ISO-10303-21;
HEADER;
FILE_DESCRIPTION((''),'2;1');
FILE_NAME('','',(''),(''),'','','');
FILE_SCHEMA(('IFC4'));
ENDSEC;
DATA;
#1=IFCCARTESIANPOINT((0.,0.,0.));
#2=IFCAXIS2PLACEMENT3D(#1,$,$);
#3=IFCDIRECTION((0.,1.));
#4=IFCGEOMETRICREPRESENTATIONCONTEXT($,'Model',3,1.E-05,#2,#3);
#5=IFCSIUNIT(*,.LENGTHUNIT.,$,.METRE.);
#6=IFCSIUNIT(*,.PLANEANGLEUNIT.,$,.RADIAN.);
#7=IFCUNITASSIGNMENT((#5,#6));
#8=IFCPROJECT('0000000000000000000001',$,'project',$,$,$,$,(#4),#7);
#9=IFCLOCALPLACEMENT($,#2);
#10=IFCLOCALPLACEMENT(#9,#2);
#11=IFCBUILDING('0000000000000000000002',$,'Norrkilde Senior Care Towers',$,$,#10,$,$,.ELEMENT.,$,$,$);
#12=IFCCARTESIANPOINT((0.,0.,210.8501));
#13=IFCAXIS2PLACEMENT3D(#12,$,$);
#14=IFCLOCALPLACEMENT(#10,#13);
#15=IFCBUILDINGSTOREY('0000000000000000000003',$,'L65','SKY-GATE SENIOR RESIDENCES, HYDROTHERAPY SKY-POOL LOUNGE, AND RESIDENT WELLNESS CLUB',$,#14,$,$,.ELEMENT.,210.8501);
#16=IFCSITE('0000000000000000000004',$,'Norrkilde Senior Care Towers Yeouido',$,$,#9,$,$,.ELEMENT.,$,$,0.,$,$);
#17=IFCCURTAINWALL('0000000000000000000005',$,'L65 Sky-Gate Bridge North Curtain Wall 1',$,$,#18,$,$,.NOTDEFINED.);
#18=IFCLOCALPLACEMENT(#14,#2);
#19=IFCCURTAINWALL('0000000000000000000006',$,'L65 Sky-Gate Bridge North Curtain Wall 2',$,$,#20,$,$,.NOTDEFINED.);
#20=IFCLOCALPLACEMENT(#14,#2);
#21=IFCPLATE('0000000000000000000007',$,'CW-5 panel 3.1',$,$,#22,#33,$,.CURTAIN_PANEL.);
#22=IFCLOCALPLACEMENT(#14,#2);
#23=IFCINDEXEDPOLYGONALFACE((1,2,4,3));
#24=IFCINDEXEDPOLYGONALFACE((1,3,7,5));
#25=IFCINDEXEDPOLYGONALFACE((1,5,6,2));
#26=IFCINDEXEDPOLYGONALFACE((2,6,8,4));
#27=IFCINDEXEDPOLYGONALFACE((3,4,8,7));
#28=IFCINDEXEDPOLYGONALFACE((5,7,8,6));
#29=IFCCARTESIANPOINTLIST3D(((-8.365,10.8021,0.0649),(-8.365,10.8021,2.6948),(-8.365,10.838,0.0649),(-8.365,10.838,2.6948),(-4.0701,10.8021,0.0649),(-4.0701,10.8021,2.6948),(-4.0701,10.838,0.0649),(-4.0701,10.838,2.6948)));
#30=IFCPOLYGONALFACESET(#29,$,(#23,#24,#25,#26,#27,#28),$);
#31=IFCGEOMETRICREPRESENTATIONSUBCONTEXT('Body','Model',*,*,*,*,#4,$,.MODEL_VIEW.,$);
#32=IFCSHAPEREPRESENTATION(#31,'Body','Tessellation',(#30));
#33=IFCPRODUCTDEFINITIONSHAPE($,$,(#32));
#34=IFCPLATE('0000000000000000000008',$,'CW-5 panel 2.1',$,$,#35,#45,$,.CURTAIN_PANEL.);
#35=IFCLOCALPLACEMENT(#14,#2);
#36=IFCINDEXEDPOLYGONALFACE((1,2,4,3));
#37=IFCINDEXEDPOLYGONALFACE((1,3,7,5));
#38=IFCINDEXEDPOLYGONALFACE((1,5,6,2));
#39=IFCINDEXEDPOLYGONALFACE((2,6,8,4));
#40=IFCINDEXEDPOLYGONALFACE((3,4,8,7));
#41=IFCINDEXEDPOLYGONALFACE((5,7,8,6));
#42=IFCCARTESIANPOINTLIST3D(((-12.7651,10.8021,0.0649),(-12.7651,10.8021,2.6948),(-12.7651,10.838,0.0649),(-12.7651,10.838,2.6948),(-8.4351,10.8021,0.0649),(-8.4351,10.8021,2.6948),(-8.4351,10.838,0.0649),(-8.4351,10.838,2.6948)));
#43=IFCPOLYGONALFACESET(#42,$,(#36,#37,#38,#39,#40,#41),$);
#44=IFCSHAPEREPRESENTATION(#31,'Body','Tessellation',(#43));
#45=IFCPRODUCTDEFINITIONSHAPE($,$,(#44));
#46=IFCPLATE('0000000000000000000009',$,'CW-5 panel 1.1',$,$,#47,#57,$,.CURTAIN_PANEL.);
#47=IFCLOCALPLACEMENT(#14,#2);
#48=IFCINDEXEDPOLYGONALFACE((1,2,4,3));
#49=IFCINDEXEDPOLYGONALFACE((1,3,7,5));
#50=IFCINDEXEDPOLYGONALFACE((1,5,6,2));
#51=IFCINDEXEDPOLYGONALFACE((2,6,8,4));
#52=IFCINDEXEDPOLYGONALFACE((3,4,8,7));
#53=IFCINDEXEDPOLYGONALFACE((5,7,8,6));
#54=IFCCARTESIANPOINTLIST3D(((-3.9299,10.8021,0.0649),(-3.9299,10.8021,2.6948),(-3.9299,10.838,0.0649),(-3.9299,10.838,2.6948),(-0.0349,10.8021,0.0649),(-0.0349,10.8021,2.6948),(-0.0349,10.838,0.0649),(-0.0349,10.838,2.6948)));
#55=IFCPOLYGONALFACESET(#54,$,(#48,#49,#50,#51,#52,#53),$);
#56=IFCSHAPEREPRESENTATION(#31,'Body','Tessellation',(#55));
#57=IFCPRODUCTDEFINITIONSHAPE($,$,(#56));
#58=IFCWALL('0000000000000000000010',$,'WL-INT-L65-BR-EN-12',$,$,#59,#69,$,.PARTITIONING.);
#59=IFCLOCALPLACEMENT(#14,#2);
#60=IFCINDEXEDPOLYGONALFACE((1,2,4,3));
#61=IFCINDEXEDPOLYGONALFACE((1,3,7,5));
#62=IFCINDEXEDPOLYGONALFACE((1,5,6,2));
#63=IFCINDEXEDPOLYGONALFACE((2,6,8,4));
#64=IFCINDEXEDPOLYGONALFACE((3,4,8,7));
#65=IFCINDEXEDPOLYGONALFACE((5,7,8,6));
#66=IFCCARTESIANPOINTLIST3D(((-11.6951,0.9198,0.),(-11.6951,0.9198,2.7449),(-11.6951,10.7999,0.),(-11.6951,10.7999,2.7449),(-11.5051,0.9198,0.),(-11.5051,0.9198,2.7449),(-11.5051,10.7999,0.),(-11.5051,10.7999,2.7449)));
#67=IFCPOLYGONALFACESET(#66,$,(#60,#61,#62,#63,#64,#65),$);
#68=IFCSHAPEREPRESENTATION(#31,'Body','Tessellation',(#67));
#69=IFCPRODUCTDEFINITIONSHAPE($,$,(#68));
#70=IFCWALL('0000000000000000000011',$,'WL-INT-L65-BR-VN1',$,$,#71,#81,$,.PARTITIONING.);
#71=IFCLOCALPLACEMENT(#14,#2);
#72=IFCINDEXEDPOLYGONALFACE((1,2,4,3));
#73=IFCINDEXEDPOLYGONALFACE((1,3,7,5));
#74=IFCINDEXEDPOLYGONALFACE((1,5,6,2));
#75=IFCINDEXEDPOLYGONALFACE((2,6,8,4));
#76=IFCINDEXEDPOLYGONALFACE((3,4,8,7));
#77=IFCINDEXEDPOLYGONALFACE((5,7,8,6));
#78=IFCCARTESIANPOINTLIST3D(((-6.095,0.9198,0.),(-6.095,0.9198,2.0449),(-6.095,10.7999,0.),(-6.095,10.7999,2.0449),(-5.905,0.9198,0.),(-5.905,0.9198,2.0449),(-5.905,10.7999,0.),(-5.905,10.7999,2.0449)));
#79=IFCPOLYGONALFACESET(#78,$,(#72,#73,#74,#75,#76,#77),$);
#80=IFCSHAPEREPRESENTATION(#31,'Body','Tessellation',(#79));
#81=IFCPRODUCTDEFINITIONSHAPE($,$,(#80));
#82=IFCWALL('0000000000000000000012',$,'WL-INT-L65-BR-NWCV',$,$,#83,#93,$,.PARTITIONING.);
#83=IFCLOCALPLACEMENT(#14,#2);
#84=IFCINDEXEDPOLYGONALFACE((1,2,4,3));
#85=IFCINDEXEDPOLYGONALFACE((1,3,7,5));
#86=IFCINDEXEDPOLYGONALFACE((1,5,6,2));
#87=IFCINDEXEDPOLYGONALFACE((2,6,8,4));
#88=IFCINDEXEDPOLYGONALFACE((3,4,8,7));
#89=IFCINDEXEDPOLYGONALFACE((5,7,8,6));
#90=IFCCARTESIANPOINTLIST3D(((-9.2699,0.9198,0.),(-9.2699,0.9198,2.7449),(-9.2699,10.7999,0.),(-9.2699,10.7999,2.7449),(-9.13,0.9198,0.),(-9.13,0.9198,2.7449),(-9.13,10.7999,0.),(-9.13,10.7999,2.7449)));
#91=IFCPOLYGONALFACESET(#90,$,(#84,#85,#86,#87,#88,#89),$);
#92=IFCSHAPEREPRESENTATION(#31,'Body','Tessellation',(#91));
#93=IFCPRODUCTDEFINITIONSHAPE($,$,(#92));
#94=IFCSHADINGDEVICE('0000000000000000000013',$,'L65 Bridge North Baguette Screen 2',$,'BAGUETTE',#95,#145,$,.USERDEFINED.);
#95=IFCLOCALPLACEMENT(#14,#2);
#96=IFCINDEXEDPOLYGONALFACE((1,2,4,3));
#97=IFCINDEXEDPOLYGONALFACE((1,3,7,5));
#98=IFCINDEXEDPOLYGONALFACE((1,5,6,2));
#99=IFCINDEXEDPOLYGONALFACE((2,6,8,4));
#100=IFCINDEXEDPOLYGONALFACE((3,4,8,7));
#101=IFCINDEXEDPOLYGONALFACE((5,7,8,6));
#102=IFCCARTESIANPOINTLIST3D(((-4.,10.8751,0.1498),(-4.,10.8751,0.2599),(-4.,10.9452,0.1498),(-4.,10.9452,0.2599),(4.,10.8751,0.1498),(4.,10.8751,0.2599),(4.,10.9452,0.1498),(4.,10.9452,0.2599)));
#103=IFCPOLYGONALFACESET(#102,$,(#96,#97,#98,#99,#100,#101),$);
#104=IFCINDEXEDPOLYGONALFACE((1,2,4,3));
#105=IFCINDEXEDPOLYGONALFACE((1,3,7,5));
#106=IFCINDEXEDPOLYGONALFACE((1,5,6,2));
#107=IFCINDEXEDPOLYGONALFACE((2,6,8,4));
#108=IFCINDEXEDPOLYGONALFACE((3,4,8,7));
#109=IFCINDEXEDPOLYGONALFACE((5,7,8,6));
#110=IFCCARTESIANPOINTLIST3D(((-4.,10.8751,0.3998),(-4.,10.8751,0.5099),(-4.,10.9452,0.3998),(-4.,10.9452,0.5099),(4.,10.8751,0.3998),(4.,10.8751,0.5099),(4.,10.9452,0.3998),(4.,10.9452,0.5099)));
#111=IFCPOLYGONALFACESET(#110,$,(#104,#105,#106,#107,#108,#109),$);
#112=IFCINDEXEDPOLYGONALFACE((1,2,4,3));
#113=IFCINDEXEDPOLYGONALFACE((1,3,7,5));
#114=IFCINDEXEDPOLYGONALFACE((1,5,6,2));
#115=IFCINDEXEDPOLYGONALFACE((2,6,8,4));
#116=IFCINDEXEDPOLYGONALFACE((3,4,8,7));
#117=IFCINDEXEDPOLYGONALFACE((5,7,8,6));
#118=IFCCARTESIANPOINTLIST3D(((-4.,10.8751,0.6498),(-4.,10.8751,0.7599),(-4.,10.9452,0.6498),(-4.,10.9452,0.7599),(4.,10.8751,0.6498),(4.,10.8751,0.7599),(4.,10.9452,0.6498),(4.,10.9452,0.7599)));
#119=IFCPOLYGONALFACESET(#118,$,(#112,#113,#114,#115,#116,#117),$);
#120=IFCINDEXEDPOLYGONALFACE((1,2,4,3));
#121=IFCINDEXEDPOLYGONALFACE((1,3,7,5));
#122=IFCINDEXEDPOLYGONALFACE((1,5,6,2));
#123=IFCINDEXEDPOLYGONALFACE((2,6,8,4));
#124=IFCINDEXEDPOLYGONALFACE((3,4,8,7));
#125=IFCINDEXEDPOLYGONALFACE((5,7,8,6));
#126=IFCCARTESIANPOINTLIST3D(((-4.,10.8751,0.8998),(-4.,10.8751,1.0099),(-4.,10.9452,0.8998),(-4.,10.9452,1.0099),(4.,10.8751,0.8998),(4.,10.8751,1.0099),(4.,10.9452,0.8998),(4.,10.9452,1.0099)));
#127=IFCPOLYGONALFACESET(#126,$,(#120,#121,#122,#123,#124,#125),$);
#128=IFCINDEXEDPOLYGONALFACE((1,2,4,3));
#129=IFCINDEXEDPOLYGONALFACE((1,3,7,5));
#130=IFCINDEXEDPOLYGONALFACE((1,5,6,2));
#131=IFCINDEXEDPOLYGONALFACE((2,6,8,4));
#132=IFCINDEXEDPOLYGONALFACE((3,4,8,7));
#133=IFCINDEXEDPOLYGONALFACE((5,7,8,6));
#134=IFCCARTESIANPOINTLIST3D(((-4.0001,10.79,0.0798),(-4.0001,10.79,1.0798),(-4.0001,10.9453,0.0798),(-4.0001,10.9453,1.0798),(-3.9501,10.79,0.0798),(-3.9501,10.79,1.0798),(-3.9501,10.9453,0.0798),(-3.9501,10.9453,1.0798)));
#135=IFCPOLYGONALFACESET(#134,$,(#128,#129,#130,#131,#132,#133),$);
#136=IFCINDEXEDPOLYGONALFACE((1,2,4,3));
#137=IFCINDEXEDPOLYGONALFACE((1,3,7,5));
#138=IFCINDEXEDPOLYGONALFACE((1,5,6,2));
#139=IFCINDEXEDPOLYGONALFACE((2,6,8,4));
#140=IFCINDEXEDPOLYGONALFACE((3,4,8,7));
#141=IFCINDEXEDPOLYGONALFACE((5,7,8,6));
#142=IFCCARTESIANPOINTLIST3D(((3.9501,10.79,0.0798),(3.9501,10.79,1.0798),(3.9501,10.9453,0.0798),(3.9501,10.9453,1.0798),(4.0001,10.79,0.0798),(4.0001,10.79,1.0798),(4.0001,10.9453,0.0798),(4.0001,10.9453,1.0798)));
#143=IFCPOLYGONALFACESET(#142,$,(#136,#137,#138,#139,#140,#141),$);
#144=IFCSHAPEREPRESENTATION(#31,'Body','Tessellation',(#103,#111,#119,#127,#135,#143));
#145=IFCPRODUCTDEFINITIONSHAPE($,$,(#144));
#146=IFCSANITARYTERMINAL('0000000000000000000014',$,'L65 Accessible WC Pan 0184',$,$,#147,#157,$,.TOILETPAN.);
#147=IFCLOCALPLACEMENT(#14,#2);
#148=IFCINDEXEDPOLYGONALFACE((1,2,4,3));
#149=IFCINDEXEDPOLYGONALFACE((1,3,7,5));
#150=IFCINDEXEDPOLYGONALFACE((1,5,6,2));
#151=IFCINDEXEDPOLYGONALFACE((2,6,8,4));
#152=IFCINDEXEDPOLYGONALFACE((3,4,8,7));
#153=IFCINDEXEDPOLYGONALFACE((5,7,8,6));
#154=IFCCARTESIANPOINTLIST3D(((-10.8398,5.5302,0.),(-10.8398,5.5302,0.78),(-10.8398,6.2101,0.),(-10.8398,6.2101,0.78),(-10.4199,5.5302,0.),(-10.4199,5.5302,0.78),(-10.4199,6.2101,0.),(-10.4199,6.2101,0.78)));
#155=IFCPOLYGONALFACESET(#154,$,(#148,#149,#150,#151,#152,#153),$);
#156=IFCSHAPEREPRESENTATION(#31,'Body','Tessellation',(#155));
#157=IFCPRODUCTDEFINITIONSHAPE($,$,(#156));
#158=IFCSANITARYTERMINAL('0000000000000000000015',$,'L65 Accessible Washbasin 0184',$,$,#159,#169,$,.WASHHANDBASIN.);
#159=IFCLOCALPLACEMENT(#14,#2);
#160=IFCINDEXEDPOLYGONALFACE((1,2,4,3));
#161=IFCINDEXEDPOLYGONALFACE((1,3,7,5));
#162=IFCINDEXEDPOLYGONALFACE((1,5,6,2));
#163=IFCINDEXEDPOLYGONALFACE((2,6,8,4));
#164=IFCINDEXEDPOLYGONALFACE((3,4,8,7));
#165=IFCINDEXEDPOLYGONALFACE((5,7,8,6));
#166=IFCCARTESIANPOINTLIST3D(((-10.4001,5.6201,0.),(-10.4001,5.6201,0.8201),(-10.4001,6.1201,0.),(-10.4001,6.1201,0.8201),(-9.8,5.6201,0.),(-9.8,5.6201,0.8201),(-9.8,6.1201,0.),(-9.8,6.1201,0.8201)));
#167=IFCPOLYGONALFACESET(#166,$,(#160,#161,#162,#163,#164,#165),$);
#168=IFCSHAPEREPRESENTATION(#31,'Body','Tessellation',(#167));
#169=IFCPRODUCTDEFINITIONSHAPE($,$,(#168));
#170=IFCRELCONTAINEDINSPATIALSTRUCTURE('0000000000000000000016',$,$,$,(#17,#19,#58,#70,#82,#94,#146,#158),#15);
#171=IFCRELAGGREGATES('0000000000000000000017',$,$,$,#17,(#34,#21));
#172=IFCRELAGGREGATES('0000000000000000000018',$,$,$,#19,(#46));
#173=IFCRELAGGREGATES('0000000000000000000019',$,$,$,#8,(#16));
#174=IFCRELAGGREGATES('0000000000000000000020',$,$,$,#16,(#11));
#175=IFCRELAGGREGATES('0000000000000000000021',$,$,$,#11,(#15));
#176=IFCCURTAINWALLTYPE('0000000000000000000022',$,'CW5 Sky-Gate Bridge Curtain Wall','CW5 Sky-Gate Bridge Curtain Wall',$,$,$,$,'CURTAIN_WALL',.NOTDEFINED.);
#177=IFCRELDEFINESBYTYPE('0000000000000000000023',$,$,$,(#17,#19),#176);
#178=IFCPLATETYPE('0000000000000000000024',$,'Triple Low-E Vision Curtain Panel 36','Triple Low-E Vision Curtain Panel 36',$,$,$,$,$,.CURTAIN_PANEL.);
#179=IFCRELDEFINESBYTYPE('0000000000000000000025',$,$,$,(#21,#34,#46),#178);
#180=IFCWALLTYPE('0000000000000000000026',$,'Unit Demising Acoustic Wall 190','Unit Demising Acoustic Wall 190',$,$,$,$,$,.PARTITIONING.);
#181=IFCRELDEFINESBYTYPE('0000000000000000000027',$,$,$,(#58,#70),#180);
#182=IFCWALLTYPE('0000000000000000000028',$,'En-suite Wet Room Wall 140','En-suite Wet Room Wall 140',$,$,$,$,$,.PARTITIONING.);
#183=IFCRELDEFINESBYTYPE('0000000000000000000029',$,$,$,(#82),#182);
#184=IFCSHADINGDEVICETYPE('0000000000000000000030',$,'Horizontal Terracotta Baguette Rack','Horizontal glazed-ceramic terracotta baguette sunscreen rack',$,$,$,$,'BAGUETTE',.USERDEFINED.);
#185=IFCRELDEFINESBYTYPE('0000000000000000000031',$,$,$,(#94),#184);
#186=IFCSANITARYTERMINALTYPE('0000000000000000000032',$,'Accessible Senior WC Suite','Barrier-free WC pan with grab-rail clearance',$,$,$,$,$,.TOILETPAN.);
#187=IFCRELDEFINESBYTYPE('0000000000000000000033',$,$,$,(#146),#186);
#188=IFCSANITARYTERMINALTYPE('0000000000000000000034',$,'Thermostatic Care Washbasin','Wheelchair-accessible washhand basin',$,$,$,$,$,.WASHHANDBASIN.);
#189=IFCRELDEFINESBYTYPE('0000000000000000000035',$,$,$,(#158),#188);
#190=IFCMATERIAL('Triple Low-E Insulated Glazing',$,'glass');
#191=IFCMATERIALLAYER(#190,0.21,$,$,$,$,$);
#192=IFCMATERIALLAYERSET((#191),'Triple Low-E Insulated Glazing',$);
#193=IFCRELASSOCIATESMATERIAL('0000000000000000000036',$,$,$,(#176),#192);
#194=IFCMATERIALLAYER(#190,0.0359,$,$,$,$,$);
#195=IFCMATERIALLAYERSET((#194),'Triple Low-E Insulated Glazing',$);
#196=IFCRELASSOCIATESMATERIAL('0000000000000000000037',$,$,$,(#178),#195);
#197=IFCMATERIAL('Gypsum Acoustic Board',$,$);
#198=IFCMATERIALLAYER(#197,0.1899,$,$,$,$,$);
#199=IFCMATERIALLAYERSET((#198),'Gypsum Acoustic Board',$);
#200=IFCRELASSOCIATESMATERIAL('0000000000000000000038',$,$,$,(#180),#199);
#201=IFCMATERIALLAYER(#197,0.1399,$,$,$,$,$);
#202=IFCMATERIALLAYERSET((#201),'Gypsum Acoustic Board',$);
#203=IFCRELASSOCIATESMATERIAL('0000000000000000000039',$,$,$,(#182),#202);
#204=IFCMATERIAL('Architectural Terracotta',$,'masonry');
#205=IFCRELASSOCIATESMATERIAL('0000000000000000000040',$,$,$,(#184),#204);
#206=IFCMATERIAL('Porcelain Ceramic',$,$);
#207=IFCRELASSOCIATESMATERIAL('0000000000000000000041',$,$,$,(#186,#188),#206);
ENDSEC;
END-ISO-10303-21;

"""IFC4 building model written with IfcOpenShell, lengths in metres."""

from ifc_helpers import new_model, si_unit, direction, frame, frame_2d, origin, origin_2d, place, context, subcontext, project, spatial, rectangle, extrude, source, transform, mapped, material, layer, layer_set, type_object, type_shapes, element, aggregate, save


model = new_model("IFC4")

# Units and contexts
model_context = context("Model", 3, precision=1e-05, world=origin(), true_north=direction((0.0, 1.0)))
body_context = subcontext(model_context, "Body", "Model", "MODEL_VIEW")
ifc_project = project(units=[si_unit("LENGTHUNIT", "METRE"), si_unit("PLANEANGLEUNIT", "RADIAN")], contexts=[model_context])

# Site, building, storey
site_placement = place(None, origin())
site = spatial("IfcSite", under=ifc_project, at=site_placement, Name="Norrkilde Senior Care Towers Yeouido", CompositionType="ELEMENT", RefElevation=0.0)
building_placement = place(site_placement, origin())
building = spatial("IfcBuilding", under=site, at=building_placement, Name="Norrkilde Senior Care Towers", CompositionType="ELEMENT")
storey_placement = place(building_placement, frame((0.0, 0.0, 210.8501)))
storey = spatial("IfcBuildingStorey", under=building, at=storey_placement, Name="L65", Description="SKY-GATE SENIOR RESIDENCES, HYDROTHERAPY SKY-POOL LOUNGE, AND RESIDENT WELLNESS CLUB", CompositionType="ELEMENT", Elevation=210.8501)

# Curtain walls
ifc_material_1 = material(Name="Triple Low-E Insulated Glazing", Category="glass")
ifc_layer_1 = layer(ifc_material_1, 0.21)
ifc_layer_set_1 = layer_set([ifc_layer_1], Name="Triple Low-E Insulated Glazing")
curtain_wall_type = type_object("IfcCurtainWallType", Name="CW5 Sky-Gate Bridge Curtain Wall", Description="CW5 Sky-Gate Bridge Curtain Wall", ElementType="CURTAIN_WALL", PredefinedType="NOTDEFINED", material=ifc_layer_set_1)
curtain_wall_1_placement = place(storey_placement, origin())
curtain_wall_1 = element("IfcCurtainWall", 1, at=curtain_wall_1_placement, inside=storey, type_object=curtain_wall_type, Name="L65 Sky-Gate Bridge North Curtain Wall 1", PredefinedType="NOTDEFINED")
curtain_wall_2_placement = place(storey_placement, origin())
curtain_wall_2 = element("IfcCurtainWall", 2, at=curtain_wall_2_placement, inside=storey, type_object=curtain_wall_type, Name="L65 Sky-Gate Bridge North Curtain Wall 2", PredefinedType="NOTDEFINED")

# Plates
ifc_layer_2 = layer(ifc_material_1, 0.0359)
ifc_layer_set_2 = layer_set([ifc_layer_2], Name="Triple Low-E Insulated Glazing")
plate_type = type_object("IfcPlateType", Name="Triple Low-E Vision Curtain Panel 36", Description="Triple Low-E Vision Curtain Panel 36", PredefinedType="CURTAIN_PANEL", material=ifc_layer_set_2)
shared_shape_1 = source(origin(), body_context, "Body", "SweptSolid", [
    extrude(rectangle(XDim=4.2949, YDim=0.0359, at=origin_2d()), origin(), (0.0, 0.0, 1.0), 2.6299),
])
plate_1_placement = place(storey_placement, frame((-6.2175, 10.8201, 0.0649), z_axis=(0.0, 0.0, 1.0), x_axis=(1.0, 0.0, 0.0)))
plate_1 = element("IfcPlate", 3, at=plate_1_placement, type_object=plate_type, Name="CW-5 panel 3.1", PredefinedType="CURTAIN_PANEL", context=body_context, shape_type="MappedRepresentation", body=[
    mapped(shared_shape_1, transform((0.0, 0.0, 0.0), x_axis=(1.0, 0.0, 0.0), y_axis=(0.0, 1.0, 0.0), z_axis=(0.0, 0.0, 1.0), scale=1.0)),
])
shared_shape_2 = source(origin(), body_context, "Body", "SweptSolid", [
    extrude(rectangle(XDim=4.3301, YDim=0.0359, at=origin_2d()), origin(), (0.0, 0.0, 1.0), 2.6299),
])
plate_2_placement = place(storey_placement, frame((-10.6001, 10.8201, 0.0649), z_axis=(0.0, 0.0, 1.0), x_axis=(1.0, 0.0, 0.0)))
plate_2 = element("IfcPlate", 4, at=plate_2_placement, type_object=plate_type, Name="CW-5 panel 2.1", PredefinedType="CURTAIN_PANEL", context=body_context, shape_type="MappedRepresentation", body=[
    mapped(shared_shape_2, transform((0.0, 0.0, 0.0), x_axis=(1.0, 0.0, 0.0), y_axis=(0.0, 1.0, 0.0), z_axis=(0.0, 0.0, 1.0), scale=1.0)),
])
aggregate(curtain_wall_1, [plate_2, plate_1])
shared_shape_3 = source(origin(), body_context, "Body", "SweptSolid", [
    extrude(rectangle(XDim=3.895, YDim=0.0359, at=origin_2d()), origin(), (0.0, 0.0, 1.0), 2.6299),
])
type_shapes(plate_type, [shared_shape_1, shared_shape_2, shared_shape_3])
plate_3_placement = place(storey_placement, frame((-1.9824, 10.8201, 0.0649), z_axis=(0.0, 0.0, 1.0), x_axis=(1.0, 0.0, 0.0)))
plate_3 = element("IfcPlate", 5, at=plate_3_placement, type_object=plate_type, Name="CW-5 panel 1.1", PredefinedType="CURTAIN_PANEL", context=body_context, shape_type="MappedRepresentation", body=[
    mapped(shared_shape_3, transform((0.0, 0.0, 0.0), x_axis=(1.0, 0.0, 0.0), y_axis=(0.0, 1.0, 0.0), z_axis=(0.0, 0.0, 1.0), scale=1.0)),
])
aggregate(curtain_wall_2, [plate_3])

# Walls
ifc_material_2 = material(Name="Gypsum Acoustic Board")
ifc_layer_3 = layer(ifc_material_2, 0.1899)
ifc_layer_set_3 = layer_set([ifc_layer_3], Name="Gypsum Acoustic Board")
wall_type_1 = type_object("IfcWallType", Name="Unit Demising Acoustic Wall 190", Description="Unit Demising Acoustic Wall 190", PredefinedType="PARTITIONING", material=ifc_layer_set_3)
shared_shape_4 = source(origin(), body_context, "Body", "SweptSolid", [
    extrude(rectangle(XDim=9.8801, YDim=0.1899, at=frame_2d((4.9399, 0.0))), origin(), (0.0, 0.0, 1.0), 2.7449),
])
wall_1_placement = place(storey_placement, frame((-11.6001, 0.9199, 0.0), z_axis=(0.0, 0.0, 1.0), x_axis=(0.0, 1.0, 0.0)))
element("IfcWall", 6, at=wall_1_placement, inside=storey, type_object=wall_type_1, Name="WL-INT-L65-BR-EN-12", PredefinedType="PARTITIONING", context=body_context, shape_type="MappedRepresentation", body=[
    mapped(shared_shape_4, transform((0.0, 0.0, 0.0), x_axis=(1.0, 0.0, 0.0), y_axis=(0.0, 1.0, 0.0), z_axis=(0.0, 0.0, 1.0), scale=1.0)),
])
shared_shape_5 = source(origin(), body_context, "Body", "SweptSolid", [
    extrude(rectangle(XDim=9.8801, YDim=0.1899, at=frame_2d((4.9399, 0.0))), origin(), (0.0, 0.0, 1.0), 2.0449),
])
type_shapes(wall_type_1, [shared_shape_4, shared_shape_5])
wall_2_placement = place(storey_placement, frame((-6.0, 0.9199, 0.0), z_axis=(0.0, 0.0, 1.0), x_axis=(0.0, 1.0, 0.0)))
element("IfcWall", 7, at=wall_2_placement, inside=storey, type_object=wall_type_1, Name="WL-INT-L65-BR-VN1", PredefinedType="PARTITIONING", context=body_context, shape_type="MappedRepresentation", body=[
    mapped(shared_shape_5, transform((0.0, 0.0, 0.0), x_axis=(1.0, 0.0, 0.0), y_axis=(0.0, 1.0, 0.0), z_axis=(0.0, 0.0, 1.0), scale=1.0)),
])
ifc_layer_4 = layer(ifc_material_2, 0.1399)
ifc_layer_set_4 = layer_set([ifc_layer_4], Name="Gypsum Acoustic Board")
wall_type_2 = type_object("IfcWallType", Name="En-suite Wet Room Wall 140", Description="En-suite Wet Room Wall 140", PredefinedType="PARTITIONING", material=ifc_layer_set_4)
shared_shape_6 = source(origin(), body_context, "Body", "SweptSolid", [
    extrude(rectangle(XDim=9.8801, YDim=0.1399, at=frame_2d((4.9399, 0.0))), origin(), (0.0, 0.0, 1.0), 2.7449),
])
type_shapes(wall_type_2, [shared_shape_6])
wall_3_placement = place(storey_placement, frame((-9.2, 0.9199, 0.0), z_axis=(0.0, 0.0, 1.0), x_axis=(0.0, 1.0, 0.0)))
element("IfcWall", 8, at=wall_3_placement, inside=storey, type_object=wall_type_2, Name="WL-INT-L65-BR-NWCV", PredefinedType="PARTITIONING", context=body_context, shape_type="MappedRepresentation", body=[
    mapped(shared_shape_6, transform((0.0, 0.0, 0.0), x_axis=(1.0, 0.0, 0.0), y_axis=(0.0, 1.0, 0.0), z_axis=(0.0, 0.0, 1.0), scale=1.0)),
])

# Shading device
ifc_material_3 = material(Name="Architectural Terracotta", Category="masonry")
shading_device_type = type_object("IfcShadingDeviceType", Name="Horizontal Terracotta Baguette Rack", Description="Horizontal glazed-ceramic terracotta baguette sunscreen rack", ElementType="BAGUETTE", PredefinedType="USERDEFINED", material=ifc_material_3)
shared_shape_7 = source(origin(), body_context, "Body", "SweptSolid", [
    extrude(rectangle(XDim=0.0701, YDim=0.1101, at=origin_2d()), frame((0.0, 0.0901, 0.125), z_axis=(1.0, 0.0, 0.0), x_axis=(0.0, 1.0, 0.0)), (0.0, 0.0, 1.0), 8.0),
    extrude(rectangle(XDim=0.0701, YDim=0.1101, at=origin_2d()), frame((0.0, 0.0901, 0.375), z_axis=(1.0, 0.0, 0.0), x_axis=(0.0, 1.0, 0.0)), (0.0, 0.0, 1.0), 8.0),
    extrude(rectangle(XDim=0.0701, YDim=0.1101, at=origin_2d()), frame((0.0, 0.0901, 0.625), z_axis=(1.0, 0.0, 0.0), x_axis=(0.0, 1.0, 0.0)), (0.0, 0.0, 1.0), 8.0),
    extrude(rectangle(XDim=0.0701, YDim=0.1101, at=origin_2d()), frame((0.0, 0.0901, 0.875), z_axis=(1.0, 0.0, 0.0), x_axis=(0.0, 1.0, 0.0)), (0.0, 0.0, 1.0), 8.0),
    extrude(rectangle(XDim=0.05, YDim=0.1553, at=origin_2d()), frame((0.0249, 0.0476, 0.0)), (0.0, 0.0, 1.0), 1.0),
    extrude(rectangle(XDim=0.05, YDim=0.1553, at=origin_2d()), frame((7.9751, 0.0476, 0.0)), (0.0, 0.0, 1.0), 1.0),
])
type_shapes(shading_device_type, [shared_shape_7])
shading_device_placement = place(storey_placement, frame((-4.0, 10.8201, 0.0798), z_axis=(0.0, 0.0, 1.0), x_axis=(1.0, 0.0, 0.0)))
element("IfcShadingDevice", 9, at=shading_device_placement, inside=storey, type_object=shading_device_type, Name="L65 Bridge North Baguette Screen 2", ObjectType="BAGUETTE", PredefinedType="USERDEFINED", context=body_context, shape_type="MappedRepresentation", body=[
    mapped(shared_shape_7, transform((0.0, 0.0, 0.0), x_axis=(1.0, 0.0, 0.0), y_axis=(0.0, 1.0, 0.0), z_axis=(0.0, 0.0, 1.0), scale=1.0)),
])

# Sanitary terminals
ifc_material_4 = material(Name="Porcelain Ceramic")
sanitary_terminal_type_1 = type_object("IfcSanitaryTerminalType", Name="Accessible Senior WC Suite", Description="Barrier-free WC pan with grab-rail clearance", PredefinedType="TOILETPAN", material=ifc_material_4)
shared_shape_8 = source(origin(), body_context, "Body", "SweptSolid", [
    extrude(rectangle(XDim=0.4199, YDim=0.6799, at=origin_2d()), origin(), (0.0, 0.0, 1.0), 0.78),
])
type_shapes(sanitary_terminal_type_1, [shared_shape_8])
sanitary_terminal_1_placement = place(storey_placement, frame((-10.6299, 5.8701, 0.0), z_axis=(0.0, 0.0, 1.0), x_axis=(1.0, 0.0, 0.0)))
element("IfcSanitaryTerminal", 10, at=sanitary_terminal_1_placement, inside=storey, type_object=sanitary_terminal_type_1, Name="L65 Accessible WC Pan 0184", PredefinedType="TOILETPAN", context=body_context, shape_type="MappedRepresentation", body=[
    mapped(shared_shape_8, transform((0.0, 0.0, 0.0), x_axis=(1.0, 0.0, 0.0), y_axis=(0.0, 1.0, 0.0), z_axis=(0.0, 0.0, 1.0), scale=1.0)),
])
sanitary_terminal_type_2 = type_object("IfcSanitaryTerminalType", Name="Thermostatic Care Washbasin", Description="Wheelchair-accessible washhand basin", PredefinedType="WASHHANDBASIN", material=ifc_material_4)
shared_shape_9 = source(origin(), body_context, "Body", "SweptSolid", [
    extrude(rectangle(XDim=0.6001, YDim=0.5, at=origin_2d()), origin(), (0.0, 0.0, 1.0), 0.8201),
])
type_shapes(sanitary_terminal_type_2, [shared_shape_9])
sanitary_terminal_2_placement = place(storey_placement, frame((-10.1001, 5.8701, 0.0), z_axis=(0.0, 0.0, 1.0), x_axis=(1.0, 0.0, 0.0)))
element("IfcSanitaryTerminal", 11, at=sanitary_terminal_2_placement, inside=storey, type_object=sanitary_terminal_type_2, Name="L65 Accessible Washbasin 0184", PredefinedType="WASHHANDBASIN", context=body_context, shape_type="MappedRepresentation", body=[
    mapped(shared_shape_9, transform((0.0, 0.0, 0.0), x_axis=(1.0, 0.0, 0.0), y_axis=(0.0, 1.0, 0.0), z_axis=(0.0, 0.0, 1.0), scale=1.0)),
])

save(model, "model.ifc")
